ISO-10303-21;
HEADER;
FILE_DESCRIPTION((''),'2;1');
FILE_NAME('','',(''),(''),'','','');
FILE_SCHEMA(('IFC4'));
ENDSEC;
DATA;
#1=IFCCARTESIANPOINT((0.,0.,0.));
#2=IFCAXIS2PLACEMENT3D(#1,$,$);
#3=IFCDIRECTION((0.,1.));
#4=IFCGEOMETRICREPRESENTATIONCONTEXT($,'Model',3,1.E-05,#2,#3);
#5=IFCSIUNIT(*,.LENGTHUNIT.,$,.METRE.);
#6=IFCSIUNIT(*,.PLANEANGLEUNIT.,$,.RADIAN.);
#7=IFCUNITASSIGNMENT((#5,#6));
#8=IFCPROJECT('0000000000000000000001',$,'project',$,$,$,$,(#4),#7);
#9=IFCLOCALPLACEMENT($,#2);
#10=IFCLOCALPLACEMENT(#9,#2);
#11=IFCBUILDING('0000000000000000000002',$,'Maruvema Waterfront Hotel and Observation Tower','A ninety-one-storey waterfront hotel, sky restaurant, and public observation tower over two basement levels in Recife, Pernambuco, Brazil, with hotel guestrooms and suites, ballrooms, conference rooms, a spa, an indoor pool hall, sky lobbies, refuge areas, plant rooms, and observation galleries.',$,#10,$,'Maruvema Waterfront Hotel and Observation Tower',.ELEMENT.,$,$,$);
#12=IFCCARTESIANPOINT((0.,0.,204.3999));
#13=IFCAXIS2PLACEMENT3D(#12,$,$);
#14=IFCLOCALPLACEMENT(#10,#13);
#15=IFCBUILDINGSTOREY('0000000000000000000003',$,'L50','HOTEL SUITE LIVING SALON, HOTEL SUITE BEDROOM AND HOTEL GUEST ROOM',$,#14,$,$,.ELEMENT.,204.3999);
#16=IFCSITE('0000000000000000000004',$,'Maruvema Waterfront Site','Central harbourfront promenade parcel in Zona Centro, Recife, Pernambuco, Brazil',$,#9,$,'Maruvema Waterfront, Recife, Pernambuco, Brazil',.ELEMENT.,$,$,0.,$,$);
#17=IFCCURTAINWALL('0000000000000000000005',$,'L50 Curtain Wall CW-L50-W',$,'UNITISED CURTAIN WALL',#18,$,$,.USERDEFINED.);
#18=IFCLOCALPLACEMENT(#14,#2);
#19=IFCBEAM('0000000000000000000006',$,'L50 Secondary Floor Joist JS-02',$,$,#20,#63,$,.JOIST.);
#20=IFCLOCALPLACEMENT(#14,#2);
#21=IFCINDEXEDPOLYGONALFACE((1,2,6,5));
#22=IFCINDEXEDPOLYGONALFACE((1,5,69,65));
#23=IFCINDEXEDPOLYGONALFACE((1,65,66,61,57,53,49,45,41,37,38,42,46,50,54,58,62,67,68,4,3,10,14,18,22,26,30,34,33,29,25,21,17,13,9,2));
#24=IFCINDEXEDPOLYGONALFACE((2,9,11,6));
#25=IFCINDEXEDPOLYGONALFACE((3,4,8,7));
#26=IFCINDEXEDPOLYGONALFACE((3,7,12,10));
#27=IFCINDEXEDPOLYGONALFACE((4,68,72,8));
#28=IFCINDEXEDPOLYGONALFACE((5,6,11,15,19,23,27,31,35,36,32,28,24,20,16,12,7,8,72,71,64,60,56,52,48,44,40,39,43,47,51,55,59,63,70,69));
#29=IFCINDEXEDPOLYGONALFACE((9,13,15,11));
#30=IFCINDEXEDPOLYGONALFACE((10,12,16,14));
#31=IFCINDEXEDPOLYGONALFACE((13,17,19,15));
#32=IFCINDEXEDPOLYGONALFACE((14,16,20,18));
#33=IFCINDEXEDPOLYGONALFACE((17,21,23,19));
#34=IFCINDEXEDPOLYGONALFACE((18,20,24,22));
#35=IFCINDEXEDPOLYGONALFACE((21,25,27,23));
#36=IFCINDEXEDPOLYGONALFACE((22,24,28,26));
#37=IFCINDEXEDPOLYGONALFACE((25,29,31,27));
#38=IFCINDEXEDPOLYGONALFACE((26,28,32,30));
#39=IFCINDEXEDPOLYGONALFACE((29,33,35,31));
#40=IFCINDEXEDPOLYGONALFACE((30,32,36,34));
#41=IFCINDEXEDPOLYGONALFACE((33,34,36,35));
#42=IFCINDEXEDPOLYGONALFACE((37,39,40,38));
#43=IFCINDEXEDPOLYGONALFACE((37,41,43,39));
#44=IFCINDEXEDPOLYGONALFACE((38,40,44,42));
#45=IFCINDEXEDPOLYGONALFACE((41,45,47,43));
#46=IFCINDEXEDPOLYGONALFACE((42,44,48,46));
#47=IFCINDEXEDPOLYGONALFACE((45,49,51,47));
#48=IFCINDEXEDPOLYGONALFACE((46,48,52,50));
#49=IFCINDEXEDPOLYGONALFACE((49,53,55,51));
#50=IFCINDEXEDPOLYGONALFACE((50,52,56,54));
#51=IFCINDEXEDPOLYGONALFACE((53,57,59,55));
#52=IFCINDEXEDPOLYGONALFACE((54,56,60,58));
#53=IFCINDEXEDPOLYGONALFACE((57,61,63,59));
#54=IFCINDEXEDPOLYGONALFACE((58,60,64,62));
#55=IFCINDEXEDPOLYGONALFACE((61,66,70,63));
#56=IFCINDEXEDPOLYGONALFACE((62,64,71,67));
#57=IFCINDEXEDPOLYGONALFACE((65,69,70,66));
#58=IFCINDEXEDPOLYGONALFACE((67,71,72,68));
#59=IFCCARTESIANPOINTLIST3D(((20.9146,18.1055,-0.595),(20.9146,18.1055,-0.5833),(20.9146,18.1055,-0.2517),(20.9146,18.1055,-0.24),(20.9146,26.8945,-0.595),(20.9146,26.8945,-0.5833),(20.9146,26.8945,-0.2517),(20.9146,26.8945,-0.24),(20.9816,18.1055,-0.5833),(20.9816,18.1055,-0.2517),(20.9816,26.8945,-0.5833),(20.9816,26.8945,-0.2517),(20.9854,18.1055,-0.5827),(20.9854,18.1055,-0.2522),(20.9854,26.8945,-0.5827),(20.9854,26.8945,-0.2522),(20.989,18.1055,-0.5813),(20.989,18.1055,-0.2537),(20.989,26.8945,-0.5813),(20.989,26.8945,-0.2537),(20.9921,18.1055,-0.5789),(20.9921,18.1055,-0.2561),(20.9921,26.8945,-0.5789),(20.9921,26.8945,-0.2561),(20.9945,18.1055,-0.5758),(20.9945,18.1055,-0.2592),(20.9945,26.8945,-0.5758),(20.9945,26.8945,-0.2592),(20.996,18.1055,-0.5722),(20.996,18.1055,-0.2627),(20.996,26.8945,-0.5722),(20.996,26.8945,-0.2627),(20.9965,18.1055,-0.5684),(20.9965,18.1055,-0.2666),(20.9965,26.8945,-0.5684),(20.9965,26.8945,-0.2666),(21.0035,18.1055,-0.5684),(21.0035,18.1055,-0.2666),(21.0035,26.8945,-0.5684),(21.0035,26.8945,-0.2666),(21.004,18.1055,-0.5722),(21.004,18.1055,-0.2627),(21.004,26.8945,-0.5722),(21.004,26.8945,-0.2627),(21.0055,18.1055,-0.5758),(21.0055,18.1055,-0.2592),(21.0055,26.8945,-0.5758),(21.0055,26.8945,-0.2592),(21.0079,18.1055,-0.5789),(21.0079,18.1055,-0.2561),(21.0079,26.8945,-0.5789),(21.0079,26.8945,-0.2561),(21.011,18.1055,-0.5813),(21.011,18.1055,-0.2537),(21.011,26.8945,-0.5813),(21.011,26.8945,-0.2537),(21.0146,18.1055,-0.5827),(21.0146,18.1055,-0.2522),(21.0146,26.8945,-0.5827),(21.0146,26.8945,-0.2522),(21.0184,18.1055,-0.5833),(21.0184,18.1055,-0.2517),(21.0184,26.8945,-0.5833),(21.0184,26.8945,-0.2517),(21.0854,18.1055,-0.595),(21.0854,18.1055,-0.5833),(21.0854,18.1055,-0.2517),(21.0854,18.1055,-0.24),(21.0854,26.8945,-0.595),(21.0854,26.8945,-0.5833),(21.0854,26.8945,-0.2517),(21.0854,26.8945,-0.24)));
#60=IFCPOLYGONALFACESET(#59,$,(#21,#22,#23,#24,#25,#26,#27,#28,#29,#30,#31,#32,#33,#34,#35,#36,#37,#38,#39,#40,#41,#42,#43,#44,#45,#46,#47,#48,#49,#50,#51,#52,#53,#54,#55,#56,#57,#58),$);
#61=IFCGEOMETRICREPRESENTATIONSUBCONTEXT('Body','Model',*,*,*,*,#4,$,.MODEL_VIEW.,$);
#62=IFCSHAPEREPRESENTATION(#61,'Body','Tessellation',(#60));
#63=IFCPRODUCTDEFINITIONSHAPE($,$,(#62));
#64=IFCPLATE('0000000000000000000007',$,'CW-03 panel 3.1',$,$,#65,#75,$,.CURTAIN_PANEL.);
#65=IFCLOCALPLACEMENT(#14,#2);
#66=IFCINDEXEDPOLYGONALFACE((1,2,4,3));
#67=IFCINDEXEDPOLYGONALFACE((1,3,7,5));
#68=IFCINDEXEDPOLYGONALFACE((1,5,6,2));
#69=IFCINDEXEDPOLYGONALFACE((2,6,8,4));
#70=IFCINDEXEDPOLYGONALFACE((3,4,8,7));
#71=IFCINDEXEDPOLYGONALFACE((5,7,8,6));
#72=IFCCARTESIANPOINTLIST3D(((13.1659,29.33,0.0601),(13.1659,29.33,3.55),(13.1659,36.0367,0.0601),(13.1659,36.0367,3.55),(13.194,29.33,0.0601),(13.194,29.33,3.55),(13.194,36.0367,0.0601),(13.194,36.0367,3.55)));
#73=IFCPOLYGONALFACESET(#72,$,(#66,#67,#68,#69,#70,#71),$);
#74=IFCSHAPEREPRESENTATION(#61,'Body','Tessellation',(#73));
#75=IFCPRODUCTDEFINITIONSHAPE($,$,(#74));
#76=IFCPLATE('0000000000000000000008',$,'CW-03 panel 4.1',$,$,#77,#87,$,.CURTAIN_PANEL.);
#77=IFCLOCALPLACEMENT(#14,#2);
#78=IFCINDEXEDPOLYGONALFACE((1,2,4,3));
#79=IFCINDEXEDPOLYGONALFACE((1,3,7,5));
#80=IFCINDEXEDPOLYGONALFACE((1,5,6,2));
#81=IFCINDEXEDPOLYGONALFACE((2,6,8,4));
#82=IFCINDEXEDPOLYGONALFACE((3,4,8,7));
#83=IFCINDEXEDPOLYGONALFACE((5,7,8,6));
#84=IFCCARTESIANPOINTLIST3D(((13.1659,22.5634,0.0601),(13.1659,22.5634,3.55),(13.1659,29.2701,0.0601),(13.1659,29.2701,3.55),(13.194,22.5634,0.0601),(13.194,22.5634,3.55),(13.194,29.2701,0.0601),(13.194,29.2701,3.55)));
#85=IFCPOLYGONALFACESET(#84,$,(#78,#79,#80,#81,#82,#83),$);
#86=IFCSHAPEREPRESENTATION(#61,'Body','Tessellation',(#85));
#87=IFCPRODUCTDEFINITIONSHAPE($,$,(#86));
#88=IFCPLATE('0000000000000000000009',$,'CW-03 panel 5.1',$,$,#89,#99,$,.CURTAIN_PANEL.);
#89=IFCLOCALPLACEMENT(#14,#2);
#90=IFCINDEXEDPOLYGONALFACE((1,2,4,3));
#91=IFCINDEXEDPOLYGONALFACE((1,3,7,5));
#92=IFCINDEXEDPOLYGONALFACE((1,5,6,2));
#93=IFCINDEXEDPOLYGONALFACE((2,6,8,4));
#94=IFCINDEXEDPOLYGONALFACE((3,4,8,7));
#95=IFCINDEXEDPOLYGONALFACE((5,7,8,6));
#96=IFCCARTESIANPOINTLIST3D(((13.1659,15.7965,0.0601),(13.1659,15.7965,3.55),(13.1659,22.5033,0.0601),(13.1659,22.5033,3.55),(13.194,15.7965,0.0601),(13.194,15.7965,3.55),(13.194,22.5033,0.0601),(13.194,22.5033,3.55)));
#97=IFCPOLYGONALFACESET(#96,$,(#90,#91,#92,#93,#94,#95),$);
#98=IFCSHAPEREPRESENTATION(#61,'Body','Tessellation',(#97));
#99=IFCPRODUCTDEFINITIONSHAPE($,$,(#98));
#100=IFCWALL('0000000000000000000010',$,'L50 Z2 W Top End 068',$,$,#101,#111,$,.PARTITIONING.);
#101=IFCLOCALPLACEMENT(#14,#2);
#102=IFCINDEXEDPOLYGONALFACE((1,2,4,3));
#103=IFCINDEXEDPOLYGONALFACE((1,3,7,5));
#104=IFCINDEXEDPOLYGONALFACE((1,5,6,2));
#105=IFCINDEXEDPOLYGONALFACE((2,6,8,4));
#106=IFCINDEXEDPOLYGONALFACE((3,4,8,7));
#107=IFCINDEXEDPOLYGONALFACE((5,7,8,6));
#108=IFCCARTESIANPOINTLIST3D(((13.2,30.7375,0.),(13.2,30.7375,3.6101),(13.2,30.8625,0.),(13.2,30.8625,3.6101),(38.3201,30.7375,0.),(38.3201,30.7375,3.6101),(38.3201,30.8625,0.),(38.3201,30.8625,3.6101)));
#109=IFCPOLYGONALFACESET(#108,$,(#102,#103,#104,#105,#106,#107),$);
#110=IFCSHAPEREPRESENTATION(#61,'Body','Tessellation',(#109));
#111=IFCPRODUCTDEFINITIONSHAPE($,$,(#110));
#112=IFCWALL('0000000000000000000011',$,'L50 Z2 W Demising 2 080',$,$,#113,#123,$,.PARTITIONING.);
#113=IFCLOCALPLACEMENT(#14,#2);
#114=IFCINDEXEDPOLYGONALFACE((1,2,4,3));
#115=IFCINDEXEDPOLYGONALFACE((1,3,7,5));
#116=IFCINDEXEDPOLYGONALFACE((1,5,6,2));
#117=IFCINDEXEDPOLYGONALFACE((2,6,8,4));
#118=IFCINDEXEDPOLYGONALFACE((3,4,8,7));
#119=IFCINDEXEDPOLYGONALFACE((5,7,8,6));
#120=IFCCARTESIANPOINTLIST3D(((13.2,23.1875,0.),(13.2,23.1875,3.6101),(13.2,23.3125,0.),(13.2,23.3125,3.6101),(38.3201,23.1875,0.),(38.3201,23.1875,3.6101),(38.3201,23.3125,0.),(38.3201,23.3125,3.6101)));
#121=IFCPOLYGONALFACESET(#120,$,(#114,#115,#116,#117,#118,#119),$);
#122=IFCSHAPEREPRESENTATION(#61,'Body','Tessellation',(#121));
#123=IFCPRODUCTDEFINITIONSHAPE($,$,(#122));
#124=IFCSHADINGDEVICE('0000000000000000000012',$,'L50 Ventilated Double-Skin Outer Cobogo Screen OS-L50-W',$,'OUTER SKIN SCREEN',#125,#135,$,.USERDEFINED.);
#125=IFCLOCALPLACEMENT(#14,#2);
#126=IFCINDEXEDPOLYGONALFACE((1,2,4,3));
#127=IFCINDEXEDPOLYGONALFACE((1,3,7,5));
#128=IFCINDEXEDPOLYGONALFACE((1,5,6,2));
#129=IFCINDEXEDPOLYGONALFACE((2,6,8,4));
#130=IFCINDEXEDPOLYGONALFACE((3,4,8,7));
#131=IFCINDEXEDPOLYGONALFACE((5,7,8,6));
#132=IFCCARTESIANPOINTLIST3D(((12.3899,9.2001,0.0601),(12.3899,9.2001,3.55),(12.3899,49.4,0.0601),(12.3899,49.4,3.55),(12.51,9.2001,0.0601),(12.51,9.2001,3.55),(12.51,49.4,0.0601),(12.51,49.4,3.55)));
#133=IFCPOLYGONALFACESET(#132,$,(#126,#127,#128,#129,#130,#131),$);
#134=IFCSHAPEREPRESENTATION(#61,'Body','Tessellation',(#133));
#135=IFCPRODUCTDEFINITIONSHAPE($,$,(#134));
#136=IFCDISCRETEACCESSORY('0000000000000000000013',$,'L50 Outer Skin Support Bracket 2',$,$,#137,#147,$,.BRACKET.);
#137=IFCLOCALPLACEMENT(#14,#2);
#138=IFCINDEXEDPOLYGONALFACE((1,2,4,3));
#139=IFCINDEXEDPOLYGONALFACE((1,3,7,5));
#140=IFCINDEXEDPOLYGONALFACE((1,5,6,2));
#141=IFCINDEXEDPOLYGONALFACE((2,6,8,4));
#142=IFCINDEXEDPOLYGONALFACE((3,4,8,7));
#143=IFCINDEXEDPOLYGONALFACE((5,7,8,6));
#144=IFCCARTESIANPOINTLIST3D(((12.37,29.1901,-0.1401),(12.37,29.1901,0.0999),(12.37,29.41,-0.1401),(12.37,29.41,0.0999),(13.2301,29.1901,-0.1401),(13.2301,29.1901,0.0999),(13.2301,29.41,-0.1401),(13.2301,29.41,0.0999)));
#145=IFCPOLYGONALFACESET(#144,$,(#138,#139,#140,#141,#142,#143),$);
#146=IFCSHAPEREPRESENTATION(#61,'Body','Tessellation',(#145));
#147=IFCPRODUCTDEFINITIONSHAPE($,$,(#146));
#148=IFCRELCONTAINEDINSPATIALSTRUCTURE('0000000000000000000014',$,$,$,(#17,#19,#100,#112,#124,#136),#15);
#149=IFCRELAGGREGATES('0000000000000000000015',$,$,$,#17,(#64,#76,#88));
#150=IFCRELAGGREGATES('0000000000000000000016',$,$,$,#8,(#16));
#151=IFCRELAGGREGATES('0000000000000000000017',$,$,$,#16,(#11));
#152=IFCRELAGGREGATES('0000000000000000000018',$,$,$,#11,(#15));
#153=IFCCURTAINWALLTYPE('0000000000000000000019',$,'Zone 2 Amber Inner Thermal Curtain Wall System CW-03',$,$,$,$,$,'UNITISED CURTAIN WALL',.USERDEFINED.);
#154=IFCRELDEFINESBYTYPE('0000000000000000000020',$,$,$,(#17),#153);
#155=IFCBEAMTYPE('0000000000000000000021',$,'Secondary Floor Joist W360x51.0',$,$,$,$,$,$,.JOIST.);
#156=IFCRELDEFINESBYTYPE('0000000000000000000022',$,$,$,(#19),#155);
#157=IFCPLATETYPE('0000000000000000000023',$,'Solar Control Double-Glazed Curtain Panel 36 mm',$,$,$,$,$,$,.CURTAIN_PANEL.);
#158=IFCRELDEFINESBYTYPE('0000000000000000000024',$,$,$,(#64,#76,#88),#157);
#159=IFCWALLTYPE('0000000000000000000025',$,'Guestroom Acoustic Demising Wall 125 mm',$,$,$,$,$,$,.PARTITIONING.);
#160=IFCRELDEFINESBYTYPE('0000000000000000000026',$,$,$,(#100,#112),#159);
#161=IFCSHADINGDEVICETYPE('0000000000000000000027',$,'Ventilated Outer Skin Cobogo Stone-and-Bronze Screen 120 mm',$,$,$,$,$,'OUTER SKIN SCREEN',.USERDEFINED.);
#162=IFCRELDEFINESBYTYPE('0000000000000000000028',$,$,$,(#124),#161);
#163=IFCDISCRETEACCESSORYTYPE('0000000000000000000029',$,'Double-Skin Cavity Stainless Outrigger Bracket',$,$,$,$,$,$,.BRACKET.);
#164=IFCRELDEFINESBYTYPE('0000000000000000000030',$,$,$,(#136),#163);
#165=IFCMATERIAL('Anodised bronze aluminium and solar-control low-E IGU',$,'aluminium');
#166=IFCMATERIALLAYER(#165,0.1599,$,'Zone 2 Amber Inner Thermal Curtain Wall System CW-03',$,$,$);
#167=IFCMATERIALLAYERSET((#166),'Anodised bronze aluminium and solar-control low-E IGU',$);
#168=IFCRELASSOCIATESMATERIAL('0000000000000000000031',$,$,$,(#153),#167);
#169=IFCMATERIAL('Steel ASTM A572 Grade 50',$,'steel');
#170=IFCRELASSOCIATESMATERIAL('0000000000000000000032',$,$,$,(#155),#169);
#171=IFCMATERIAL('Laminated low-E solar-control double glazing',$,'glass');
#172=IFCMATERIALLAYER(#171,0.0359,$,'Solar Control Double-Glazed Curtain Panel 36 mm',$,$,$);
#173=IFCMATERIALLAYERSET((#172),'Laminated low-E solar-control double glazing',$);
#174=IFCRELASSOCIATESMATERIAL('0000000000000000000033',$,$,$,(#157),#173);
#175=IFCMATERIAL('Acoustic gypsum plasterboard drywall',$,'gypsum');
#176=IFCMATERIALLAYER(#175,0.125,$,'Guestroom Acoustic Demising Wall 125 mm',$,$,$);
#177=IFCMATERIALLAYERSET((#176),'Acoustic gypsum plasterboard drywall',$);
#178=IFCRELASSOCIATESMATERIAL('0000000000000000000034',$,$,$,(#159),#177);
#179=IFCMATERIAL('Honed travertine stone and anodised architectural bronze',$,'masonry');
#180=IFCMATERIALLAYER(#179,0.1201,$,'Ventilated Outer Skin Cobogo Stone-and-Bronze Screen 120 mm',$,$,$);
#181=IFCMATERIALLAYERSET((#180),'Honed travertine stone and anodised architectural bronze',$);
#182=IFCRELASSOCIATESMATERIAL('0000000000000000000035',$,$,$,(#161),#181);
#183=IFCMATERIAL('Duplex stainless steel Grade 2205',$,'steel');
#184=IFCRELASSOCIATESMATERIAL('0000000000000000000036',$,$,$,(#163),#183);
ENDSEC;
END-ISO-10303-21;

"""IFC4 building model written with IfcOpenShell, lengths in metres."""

from ifc_helpers import new_model, si_unit, direction, frame, frame_2d, origin, origin_2d, place, context, subcontext, project, spatial, rectangle, i_section, extrude, material, layer, layer_set, material_profile, profile_set, type_object, element, aggregate, save


model = new_model("IFC4")

# Units and contexts
model_context = context("Model", 3, precision=1e-05, world=origin(), true_north=direction((0.0, 1.0)))
body_context = subcontext(model_context, "Body", "Model", "MODEL_VIEW")
ifc_project = project(units=[si_unit("LENGTHUNIT", "METRE"), si_unit("PLANEANGLEUNIT", "RADIAN")], contexts=[model_context])

# Site, building, storey
site_placement = place(None, origin())
site = spatial("IfcSite", under=ifc_project, at=site_placement, Name="Maruvema Waterfront Site", Description="Central harbourfront promenade parcel in Zona Centro, Recife, Pernambuco, Brazil", LongName="Maruvema Waterfront, Recife, Pernambuco, Brazil", CompositionType="ELEMENT", RefElevation=0.0)
building_placement = place(site_placement, origin())
building = spatial("IfcBuilding", under=site, at=building_placement, Name="Maruvema Waterfront Hotel and Observation Tower", Description="A ninety-one-storey waterfront hotel, sky restaurant, and public observation tower over two basement levels in Recife, Pernambuco, Brazil, with hotel guestrooms and suites, ballrooms, conference rooms, a spa, an indoor pool hall, sky lobbies, refuge areas, plant rooms, and observation galleries.", LongName="Maruvema Waterfront Hotel and Observation Tower", CompositionType="ELEMENT")
storey_placement = place(building_placement, frame((0.0, 0.0, 204.3999)))
storey = spatial("IfcBuildingStorey", under=building, at=storey_placement, Name="L50", Description="HOTEL SUITE LIVING SALON, HOTEL SUITE BEDROOM AND HOTEL GUEST ROOM", CompositionType="ELEMENT", Elevation=204.3999)

# Curtain wall
ifc_material_1 = material(Name="Anodised bronze aluminium and solar-control low-E IGU", Category="aluminium")
ifc_layer_1 = layer(ifc_material_1, 0.1599, Name="Zone 2 Amber Inner Thermal Curtain Wall System CW-03")
ifc_layer_set_1 = layer_set([ifc_layer_1], Name="Anodised bronze aluminium and solar-control low-E IGU")
curtain_wall_type = type_object("IfcCurtainWallType", Name="Zone 2 Amber Inner Thermal Curtain Wall System CW-03", ElementType="UNITISED CURTAIN WALL", PredefinedType="USERDEFINED", material=ifc_layer_set_1)
curtain_wall_placement = place(storey_placement, origin())
curtain_wall = element("IfcCurtainWall", 1, at=curtain_wall_placement, inside=storey, type_object=curtain_wall_type, Name="L50 Curtain Wall CW-L50-W", ObjectType="UNITISED CURTAIN WALL", PredefinedType="USERDEFINED")

# Beam
ifc_material_2 = material(Name="Steel ASTM A572 Grade 50", Category="steel")
ifc_material_profile_1 = material_profile(ifc_material_2, i_section(OverallWidth=0.1709, OverallDepth=0.355, WebThickness=0.0071, FlangeThickness=0.0117, FilletRadius=0.0149, at=origin_2d()), Name="W360x51.0")
ifc_profile_set_1 = profile_set([ifc_material_profile_1], Name="Steel ASTM A572 Grade 50")
beam_type_1 = type_object("IfcBeamType", Name="Secondary Floor Joist W360x51.0", PredefinedType="JOIST", material=ifc_profile_set_1)
beam_1_placement = place(storey_placement, frame((21.0, 18.1055, -0.4175), z_axis=(0.0, 1.0, 0.0), x_axis=(-1.0, 0.0, 0.0)))
element("IfcBeam", 2, at=beam_1_placement, inside=storey, type_object=beam_type_1, Name="L50 Secondary Floor Joist JS-02", PredefinedType="JOIST", context=body_context, shape_type="SweptSolid", body=[
    extrude(i_section(OverallWidth=0.1709, OverallDepth=0.355, WebThickness=0.0071, FlangeThickness=0.0117, FilletRadius=0.0149, at=origin_2d()), origin(), (0.0, 0.0, 1.0), 8.7891),
])

# Plates
ifc_material_3 = material(Name="Laminated low-E solar-control double glazing", Category="glass")
ifc_layer_2 = layer(ifc_material_3, 0.0359, Name="Solar Control Double-Glazed Curtain Panel 36 mm")
ifc_layer_set_2 = layer_set([ifc_layer_2], Name="Laminated low-E solar-control double glazing")
plate_type = type_object("IfcPlateType", Name="Solar Control Double-Glazed Curtain Panel 36 mm", PredefinedType="CURTAIN_PANEL", material=ifc_layer_set_2)
plate_1_placement = place(storey_placement, frame((13.1799, 32.6833, 0.0601), z_axis=(0.0, 0.0, 1.0), x_axis=(0.0, -1.0, 0.0)))
plate_1 = element("IfcPlate", 3, at=plate_1_placement, type_object=plate_type, Name="CW-03 panel 3.1", PredefinedType="CURTAIN_PANEL", context=body_context, shape_type="SweptSolid", body=[
    extrude(rectangle(XDim=6.7068, YDim=0.0281, at=origin_2d()), origin(), (0.0, 0.0, 1.0), 3.49),
])
plate_2_placement = place(storey_placement, frame((13.1799, 25.9167, 0.0601), z_axis=(0.0, 0.0, 1.0), x_axis=(0.0, -1.0, 0.0)))
plate_2 = element("IfcPlate", 4, at=plate_2_placement, type_object=plate_type, Name="CW-03 panel 4.1", PredefinedType="CURTAIN_PANEL", context=body_context, shape_type="SweptSolid", body=[
    extrude(rectangle(XDim=6.7068, YDim=0.0281, at=origin_2d()), origin(), (0.0, 0.0, 1.0), 3.49),
])
plate_3_placement = place(storey_placement, frame((13.1799, 19.1499, 0.0601), z_axis=(0.0, 0.0, 1.0), x_axis=(0.0, -1.0, 0.0)))
plate_3 = element("IfcPlate", 5, at=plate_3_placement, type_object=plate_type, Name="CW-03 panel 5.1", PredefinedType="CURTAIN_PANEL", context=body_context, shape_type="SweptSolid", body=[
    extrude(rectangle(XDim=6.7068, YDim=0.0281, at=origin_2d()), origin(), (0.0, 0.0, 1.0), 3.49),
])
aggregate(curtain_wall, [plate_1, plate_2, plate_3])

# Walls
ifc_material_4 = material(Name="Acoustic gypsum plasterboard drywall", Category="gypsum")
ifc_layer_3 = layer(ifc_material_4, 0.125, Name="Guestroom Acoustic Demising Wall 125 mm")
ifc_layer_set_3 = layer_set([ifc_layer_3], Name="Acoustic gypsum plasterboard drywall")
wall_type = type_object("IfcWallType", Name="Guestroom Acoustic Demising Wall 125 mm", PredefinedType="PARTITIONING", material=ifc_layer_set_3)
for number, where, z_axis, x_axis, name in (
    (6, (13.2, 30.8, 0.0), (0.0, 0.0, 1.0), (1.0, 0.0, 0.0), "L50 Z2 W Top End 068"),
    (7, (13.2, 23.25, 0.0), (0.0, 0.0, 1.0), (1.0, 0.0, 0.0), "L50 Z2 W Demising 2 080"),
):
    element("IfcWall", number, at=place(storey_placement, frame(where, z_axis=z_axis, x_axis=x_axis)), inside=storey, type_object=wall_type, Name=name, PredefinedType="PARTITIONING", context=body_context, shape_type="SweptSolid", body=[
        extrude(rectangle(XDim=25.1201, YDim=0.125, at=frame_2d((12.5601, 0.0))), origin(), (0.0, 0.0, 1.0), 3.6101),
    ])

# Shading device
ifc_material_5 = material(Name="Honed travertine stone and anodised architectural bronze", Category="masonry")
ifc_layer_4 = layer(ifc_material_5, 0.1201, Name="Ventilated Outer Skin Cobogo Stone-and-Bronze Screen 120 mm")
ifc_layer_set_4 = layer_set([ifc_layer_4], Name="Honed travertine stone and anodised architectural bronze")
shading_device_type = type_object("IfcShadingDeviceType", Name="Ventilated Outer Skin Cobogo Stone-and-Bronze Screen 120 mm", ElementType="OUTER SKIN SCREEN", PredefinedType="USERDEFINED", material=ifc_layer_set_4)
shading_device_placement = place(storey_placement, frame((12.45, 29.3, 0.0601), z_axis=(0.0, 0.0, 1.0), x_axis=(0.0, -1.0, 0.0)))
element("IfcShadingDevice", 8, at=shading_device_placement, inside=storey, type_object=shading_device_type, Name="L50 Ventilated Double-Skin Outer Cobogo Screen OS-L50-W", ObjectType="OUTER SKIN SCREEN", PredefinedType="USERDEFINED", context=body_context, shape_type="SweptSolid", body=[
    extrude(rectangle(XDim=40.2, YDim=0.1201, at=origin_2d()), origin(), (0.0, 0.0, 1.0), 3.49),
])

# Discrete accessory
ifc_material_6 = material(Name="Duplex stainless steel Grade 2205", Category="steel")
discrete_accessory_type = type_object("IfcDiscreteAccessoryType", Name="Double-Skin Cavity Stainless Outrigger Bracket", PredefinedType="BRACKET", material=ifc_material_6)
discrete_accessory_placement = place(storey_placement, frame((12.8, 29.3, -0.1401), z_axis=(0.0, 0.0, 1.0), x_axis=(0.0, -1.0, 0.0)))
element("IfcDiscreteAccessory", 9, at=discrete_accessory_placement, inside=storey, type_object=discrete_accessory_type, Name="L50 Outer Skin Support Bracket 2", PredefinedType="BRACKET", context=body_context, shape_type="SweptSolid", body=[
    extrude(rectangle(XDim=0.22, YDim=0.8601, at=origin_2d()), origin(), (0.0, 0.0, 1.0), 0.24),
])

save(model, "model.ifc")
